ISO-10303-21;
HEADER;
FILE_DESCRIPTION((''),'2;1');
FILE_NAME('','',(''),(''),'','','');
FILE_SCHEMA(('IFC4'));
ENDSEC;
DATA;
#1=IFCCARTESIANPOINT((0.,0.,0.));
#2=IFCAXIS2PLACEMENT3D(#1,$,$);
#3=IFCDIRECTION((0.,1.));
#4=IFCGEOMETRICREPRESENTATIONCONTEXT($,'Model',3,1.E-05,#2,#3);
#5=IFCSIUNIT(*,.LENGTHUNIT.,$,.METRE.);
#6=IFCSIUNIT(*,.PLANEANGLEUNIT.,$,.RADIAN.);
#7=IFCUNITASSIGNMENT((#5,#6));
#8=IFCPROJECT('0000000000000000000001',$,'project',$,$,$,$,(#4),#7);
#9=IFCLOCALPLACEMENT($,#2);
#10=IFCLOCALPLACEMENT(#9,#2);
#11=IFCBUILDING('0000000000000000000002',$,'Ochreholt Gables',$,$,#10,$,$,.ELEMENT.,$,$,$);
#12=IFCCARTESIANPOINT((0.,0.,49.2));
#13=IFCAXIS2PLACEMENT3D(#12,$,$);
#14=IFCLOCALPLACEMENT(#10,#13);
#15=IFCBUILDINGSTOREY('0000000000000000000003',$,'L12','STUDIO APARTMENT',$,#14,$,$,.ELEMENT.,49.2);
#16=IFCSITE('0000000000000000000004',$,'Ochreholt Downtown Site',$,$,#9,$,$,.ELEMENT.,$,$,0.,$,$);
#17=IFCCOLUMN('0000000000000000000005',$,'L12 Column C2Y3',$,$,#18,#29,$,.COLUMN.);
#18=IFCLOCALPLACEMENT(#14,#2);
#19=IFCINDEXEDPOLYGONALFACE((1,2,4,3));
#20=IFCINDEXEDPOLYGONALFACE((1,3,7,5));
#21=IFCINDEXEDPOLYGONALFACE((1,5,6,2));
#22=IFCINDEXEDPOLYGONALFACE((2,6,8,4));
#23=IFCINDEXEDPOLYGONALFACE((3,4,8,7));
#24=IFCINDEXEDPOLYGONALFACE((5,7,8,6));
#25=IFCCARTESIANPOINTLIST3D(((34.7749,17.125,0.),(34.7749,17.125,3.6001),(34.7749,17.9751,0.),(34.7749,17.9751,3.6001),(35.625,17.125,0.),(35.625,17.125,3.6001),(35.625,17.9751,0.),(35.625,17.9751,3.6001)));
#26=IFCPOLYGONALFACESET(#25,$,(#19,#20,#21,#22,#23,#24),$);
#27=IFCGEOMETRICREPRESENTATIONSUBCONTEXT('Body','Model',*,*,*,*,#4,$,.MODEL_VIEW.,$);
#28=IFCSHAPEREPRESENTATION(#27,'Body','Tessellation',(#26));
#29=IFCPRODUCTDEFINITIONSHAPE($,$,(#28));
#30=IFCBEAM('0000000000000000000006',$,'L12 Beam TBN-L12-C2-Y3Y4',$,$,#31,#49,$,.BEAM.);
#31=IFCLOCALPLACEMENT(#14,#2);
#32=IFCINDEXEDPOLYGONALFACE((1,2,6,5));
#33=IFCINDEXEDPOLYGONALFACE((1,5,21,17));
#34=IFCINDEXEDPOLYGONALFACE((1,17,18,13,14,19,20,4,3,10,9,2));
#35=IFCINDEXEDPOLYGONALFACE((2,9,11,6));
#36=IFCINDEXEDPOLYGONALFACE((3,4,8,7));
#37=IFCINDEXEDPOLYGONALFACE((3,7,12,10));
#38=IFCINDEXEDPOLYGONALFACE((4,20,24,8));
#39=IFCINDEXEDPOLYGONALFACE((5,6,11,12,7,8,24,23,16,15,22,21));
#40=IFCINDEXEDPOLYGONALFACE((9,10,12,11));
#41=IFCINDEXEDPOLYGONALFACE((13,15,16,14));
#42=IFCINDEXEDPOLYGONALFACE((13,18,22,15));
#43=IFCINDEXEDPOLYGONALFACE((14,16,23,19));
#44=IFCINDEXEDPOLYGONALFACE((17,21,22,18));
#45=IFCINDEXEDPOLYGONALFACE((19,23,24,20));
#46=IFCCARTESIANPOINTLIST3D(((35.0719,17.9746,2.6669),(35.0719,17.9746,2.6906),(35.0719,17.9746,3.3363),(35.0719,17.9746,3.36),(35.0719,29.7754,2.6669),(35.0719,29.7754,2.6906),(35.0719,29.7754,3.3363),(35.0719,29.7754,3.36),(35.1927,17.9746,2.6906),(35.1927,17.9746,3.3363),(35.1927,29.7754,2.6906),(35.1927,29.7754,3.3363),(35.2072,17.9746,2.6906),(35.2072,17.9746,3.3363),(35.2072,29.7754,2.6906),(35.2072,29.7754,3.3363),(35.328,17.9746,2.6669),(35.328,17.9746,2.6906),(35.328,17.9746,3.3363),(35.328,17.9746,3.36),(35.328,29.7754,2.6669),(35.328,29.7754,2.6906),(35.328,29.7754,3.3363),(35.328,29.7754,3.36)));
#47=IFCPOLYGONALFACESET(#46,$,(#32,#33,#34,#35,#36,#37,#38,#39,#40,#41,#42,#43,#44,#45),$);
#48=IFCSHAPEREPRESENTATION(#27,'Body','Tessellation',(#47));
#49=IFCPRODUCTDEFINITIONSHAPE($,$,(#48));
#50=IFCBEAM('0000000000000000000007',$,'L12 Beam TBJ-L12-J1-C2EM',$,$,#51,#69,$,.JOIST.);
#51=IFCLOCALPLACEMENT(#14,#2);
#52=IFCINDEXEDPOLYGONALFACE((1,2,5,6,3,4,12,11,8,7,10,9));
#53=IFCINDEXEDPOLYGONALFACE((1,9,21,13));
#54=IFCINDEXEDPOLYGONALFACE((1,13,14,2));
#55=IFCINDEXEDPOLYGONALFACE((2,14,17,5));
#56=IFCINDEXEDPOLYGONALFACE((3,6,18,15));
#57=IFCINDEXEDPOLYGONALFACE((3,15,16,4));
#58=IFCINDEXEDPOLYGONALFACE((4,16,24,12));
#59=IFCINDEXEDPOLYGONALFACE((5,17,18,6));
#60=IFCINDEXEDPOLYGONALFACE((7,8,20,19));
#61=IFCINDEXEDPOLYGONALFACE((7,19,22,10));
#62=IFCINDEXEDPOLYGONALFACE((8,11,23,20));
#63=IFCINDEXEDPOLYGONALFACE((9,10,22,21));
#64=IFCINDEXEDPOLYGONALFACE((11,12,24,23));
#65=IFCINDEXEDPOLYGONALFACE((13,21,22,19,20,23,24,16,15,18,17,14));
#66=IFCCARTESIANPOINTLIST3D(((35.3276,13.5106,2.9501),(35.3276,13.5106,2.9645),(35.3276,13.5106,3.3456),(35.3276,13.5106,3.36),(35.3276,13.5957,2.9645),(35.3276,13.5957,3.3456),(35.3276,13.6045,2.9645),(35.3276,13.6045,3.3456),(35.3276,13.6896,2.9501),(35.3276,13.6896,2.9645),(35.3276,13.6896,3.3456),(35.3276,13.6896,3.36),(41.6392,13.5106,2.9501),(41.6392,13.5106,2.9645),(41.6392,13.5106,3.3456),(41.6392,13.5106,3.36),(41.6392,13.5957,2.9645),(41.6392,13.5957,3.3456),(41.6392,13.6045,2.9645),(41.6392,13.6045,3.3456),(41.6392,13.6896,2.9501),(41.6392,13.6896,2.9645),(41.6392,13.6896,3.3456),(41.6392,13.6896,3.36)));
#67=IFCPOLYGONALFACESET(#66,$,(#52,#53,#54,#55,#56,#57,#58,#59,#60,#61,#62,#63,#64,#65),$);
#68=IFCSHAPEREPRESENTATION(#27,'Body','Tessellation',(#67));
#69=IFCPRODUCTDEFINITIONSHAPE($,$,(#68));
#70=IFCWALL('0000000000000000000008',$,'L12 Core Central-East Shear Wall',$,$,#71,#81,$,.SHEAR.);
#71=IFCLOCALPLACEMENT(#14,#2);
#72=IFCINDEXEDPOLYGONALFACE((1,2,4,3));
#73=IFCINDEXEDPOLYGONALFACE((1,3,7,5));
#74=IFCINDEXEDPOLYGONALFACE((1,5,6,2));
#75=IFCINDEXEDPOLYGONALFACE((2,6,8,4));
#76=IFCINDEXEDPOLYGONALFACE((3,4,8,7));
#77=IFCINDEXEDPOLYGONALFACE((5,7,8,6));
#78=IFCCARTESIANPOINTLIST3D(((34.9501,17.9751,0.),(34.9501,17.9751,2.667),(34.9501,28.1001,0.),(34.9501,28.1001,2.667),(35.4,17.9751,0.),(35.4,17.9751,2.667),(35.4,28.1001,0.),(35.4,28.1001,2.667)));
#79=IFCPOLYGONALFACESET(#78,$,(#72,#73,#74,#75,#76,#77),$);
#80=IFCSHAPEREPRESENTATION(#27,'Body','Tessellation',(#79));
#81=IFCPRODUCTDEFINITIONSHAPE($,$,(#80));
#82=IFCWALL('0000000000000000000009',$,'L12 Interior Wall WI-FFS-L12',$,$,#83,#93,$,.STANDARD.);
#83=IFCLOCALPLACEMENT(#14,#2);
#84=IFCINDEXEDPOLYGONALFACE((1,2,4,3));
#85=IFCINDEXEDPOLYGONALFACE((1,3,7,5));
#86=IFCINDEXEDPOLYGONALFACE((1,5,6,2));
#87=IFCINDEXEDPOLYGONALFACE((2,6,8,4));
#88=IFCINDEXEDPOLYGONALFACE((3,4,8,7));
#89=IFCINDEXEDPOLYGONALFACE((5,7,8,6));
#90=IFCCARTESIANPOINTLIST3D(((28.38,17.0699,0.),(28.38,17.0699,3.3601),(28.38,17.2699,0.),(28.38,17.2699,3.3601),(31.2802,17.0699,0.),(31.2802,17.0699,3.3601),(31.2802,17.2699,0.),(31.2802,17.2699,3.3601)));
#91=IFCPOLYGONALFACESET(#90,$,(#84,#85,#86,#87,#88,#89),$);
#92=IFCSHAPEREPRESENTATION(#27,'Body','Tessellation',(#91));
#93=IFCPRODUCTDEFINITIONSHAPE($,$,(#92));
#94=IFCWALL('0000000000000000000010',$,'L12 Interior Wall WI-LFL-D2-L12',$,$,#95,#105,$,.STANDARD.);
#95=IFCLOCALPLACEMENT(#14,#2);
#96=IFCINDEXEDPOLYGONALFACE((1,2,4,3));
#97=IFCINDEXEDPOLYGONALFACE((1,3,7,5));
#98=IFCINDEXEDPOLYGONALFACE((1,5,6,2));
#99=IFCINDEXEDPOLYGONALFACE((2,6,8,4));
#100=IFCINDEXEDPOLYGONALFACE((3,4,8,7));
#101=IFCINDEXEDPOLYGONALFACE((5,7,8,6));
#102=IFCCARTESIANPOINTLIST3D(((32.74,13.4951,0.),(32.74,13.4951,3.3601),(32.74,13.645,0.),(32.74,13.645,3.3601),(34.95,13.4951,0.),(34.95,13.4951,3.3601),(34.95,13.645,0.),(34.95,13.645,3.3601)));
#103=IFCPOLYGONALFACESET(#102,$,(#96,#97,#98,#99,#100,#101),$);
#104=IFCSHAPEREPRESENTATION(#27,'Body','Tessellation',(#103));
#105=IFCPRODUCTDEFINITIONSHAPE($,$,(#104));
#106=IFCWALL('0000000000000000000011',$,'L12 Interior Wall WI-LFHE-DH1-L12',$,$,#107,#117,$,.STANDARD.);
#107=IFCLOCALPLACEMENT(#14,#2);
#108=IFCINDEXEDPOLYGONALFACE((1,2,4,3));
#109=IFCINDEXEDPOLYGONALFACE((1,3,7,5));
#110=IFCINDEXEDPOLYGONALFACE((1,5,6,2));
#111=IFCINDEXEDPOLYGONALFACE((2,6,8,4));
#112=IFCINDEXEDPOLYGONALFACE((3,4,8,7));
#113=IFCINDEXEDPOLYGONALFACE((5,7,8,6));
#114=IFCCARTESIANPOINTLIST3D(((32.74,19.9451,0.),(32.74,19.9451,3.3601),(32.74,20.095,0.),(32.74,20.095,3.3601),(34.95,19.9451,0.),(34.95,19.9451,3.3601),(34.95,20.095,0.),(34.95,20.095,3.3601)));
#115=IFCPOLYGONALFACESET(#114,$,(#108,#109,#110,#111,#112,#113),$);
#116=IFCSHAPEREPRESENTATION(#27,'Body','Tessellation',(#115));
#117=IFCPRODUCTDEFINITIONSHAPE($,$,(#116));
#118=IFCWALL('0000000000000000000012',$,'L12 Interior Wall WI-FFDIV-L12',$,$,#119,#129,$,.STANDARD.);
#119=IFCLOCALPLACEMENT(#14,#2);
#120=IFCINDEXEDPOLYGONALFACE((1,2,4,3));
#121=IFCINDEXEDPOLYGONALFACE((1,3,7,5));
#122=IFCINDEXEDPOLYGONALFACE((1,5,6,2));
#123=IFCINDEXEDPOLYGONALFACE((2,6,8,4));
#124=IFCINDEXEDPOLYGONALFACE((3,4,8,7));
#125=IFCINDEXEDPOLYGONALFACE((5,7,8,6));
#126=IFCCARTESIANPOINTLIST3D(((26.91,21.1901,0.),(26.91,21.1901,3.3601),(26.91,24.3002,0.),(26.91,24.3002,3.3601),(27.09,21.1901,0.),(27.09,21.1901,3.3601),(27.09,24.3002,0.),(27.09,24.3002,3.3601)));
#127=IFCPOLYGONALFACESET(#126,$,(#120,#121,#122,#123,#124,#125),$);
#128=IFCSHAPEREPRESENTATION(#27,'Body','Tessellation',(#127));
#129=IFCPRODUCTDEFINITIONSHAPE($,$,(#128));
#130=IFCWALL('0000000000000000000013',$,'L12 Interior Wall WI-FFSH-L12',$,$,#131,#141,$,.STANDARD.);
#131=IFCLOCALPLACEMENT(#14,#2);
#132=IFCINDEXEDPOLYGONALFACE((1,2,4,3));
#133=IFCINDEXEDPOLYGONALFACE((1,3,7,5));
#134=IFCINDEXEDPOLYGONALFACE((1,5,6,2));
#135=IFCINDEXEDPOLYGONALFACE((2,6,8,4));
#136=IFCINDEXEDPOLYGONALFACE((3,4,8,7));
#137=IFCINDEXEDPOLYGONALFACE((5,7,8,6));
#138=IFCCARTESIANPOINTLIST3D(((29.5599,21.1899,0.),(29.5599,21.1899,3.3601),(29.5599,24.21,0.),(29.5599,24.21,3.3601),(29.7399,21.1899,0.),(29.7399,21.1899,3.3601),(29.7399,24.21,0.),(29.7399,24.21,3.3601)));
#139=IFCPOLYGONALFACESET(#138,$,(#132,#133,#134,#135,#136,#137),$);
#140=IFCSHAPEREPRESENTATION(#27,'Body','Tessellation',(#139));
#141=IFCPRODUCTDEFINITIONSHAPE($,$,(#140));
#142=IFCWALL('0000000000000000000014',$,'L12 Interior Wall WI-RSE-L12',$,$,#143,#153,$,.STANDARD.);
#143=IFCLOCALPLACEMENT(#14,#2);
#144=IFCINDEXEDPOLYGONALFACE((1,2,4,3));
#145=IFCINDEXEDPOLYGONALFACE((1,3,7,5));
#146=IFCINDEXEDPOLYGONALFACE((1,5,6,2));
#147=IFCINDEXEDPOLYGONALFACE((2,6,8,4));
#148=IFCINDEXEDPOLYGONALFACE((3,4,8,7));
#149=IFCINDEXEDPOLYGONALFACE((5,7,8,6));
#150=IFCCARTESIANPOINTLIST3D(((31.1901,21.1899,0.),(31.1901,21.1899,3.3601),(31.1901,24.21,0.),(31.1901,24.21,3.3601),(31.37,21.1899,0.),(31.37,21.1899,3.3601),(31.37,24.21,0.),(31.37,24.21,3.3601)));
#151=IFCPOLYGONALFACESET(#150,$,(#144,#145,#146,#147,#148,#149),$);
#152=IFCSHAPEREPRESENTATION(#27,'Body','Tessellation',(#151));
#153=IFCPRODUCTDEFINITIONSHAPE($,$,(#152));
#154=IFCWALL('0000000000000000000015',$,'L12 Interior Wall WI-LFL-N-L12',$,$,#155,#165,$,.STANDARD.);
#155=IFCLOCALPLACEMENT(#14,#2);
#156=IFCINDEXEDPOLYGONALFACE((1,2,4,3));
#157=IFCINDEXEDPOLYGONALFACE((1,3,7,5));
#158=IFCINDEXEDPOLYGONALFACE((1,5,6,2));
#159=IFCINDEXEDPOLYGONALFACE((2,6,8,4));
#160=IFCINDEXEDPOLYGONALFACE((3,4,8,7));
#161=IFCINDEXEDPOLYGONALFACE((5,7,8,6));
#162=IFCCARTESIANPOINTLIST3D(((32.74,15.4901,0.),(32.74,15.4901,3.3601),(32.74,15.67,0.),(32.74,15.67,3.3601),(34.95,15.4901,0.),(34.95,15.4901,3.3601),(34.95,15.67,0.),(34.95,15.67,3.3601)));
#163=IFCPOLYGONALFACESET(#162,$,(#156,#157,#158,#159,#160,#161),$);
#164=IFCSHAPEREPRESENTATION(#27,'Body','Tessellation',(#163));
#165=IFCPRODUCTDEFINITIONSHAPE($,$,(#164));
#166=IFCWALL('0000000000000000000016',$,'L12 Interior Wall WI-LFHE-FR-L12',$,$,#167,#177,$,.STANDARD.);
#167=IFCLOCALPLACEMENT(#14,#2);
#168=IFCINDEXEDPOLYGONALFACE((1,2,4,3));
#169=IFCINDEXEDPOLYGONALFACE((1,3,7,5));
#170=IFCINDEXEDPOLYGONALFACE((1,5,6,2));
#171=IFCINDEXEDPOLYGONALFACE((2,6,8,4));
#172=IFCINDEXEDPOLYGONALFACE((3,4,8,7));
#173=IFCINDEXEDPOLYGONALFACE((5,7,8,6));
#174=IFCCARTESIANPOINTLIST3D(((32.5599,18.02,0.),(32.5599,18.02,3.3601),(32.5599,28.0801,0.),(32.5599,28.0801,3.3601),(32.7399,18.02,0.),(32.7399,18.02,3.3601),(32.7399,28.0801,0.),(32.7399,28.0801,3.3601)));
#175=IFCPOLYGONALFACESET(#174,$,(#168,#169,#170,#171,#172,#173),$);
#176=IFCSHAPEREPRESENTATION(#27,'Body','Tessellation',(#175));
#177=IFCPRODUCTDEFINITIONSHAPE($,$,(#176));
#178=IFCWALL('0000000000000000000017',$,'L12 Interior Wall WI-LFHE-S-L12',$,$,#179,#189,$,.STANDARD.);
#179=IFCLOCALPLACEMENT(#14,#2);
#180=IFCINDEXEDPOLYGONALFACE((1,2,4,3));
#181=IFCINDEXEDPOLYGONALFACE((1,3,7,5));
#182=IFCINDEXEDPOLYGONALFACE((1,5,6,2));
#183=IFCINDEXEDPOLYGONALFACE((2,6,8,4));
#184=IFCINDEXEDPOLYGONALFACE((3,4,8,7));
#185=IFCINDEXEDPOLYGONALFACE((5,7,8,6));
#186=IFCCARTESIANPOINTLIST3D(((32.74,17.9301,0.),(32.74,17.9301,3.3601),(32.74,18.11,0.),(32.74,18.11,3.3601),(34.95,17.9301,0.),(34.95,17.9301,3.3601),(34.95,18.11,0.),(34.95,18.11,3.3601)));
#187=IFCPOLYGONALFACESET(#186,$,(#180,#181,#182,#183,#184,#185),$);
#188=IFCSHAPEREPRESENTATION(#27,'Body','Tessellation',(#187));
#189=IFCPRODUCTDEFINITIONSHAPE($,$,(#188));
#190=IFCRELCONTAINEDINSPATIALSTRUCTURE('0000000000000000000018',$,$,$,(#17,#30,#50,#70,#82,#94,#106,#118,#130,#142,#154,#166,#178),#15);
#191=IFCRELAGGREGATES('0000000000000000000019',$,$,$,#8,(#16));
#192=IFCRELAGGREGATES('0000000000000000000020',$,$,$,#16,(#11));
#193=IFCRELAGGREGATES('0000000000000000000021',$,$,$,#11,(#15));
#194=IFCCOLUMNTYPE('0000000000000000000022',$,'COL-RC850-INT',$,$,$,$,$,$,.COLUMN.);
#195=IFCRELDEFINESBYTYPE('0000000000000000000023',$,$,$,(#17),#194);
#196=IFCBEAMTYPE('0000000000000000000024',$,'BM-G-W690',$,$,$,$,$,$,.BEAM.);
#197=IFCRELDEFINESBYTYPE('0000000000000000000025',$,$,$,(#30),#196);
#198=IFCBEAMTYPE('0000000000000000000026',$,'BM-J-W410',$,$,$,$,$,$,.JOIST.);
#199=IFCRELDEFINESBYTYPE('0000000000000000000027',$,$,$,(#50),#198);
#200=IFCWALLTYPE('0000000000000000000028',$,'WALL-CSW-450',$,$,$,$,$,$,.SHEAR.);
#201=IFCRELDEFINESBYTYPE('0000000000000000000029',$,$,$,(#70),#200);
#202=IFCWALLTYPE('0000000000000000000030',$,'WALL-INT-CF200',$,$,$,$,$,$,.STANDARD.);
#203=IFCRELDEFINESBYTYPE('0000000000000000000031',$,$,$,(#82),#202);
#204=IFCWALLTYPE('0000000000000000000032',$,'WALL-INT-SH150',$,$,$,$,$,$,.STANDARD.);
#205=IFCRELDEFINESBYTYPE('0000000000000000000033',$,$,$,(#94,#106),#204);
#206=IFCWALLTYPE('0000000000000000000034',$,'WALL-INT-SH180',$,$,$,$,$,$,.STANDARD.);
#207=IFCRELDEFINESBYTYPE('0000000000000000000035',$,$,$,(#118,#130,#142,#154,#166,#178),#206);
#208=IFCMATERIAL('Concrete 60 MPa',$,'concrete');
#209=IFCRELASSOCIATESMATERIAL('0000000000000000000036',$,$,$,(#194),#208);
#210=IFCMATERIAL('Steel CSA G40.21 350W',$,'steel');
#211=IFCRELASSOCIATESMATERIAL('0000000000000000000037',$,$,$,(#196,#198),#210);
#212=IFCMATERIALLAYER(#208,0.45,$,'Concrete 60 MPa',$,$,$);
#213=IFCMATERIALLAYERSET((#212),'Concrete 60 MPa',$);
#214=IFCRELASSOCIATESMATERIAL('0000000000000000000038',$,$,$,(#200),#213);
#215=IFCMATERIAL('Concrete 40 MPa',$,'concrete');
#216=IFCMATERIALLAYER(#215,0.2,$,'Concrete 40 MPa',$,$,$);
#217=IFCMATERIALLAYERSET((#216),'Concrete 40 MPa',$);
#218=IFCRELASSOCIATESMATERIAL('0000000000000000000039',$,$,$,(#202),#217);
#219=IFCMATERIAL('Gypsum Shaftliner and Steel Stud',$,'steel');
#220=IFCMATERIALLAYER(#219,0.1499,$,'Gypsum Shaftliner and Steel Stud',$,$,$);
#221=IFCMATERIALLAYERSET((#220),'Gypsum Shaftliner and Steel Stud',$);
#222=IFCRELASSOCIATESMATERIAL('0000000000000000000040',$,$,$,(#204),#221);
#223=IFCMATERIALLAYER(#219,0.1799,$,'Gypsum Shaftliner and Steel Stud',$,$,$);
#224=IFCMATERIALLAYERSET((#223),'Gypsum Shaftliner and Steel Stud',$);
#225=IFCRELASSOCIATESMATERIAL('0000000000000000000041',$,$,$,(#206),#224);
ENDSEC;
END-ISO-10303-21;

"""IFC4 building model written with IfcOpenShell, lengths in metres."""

from ifc_helpers import new_model, si_unit, direction, frame, frame_2d, origin, origin_2d, place, context, subcontext, project, spatial, rectangle, i_section, extrude, material, layer, layer_set, material_profile, profile_set, type_object, element, save


model = new_model("IFC4")

# Units and contexts
model_context = context("Model", 3, precision=1e-05, world=origin(), true_north=direction((0.0, 1.0)))
body_context = subcontext(model_context, "Body", "Model", "MODEL_VIEW")
ifc_project = project(units=[si_unit("LENGTHUNIT", "METRE"), si_unit("PLANEANGLEUNIT", "RADIAN")], contexts=[model_context])

# Site, building, storey
site_placement = place(None, origin())
site = spatial("IfcSite", under=ifc_project, at=site_placement, Name="Ochreholt Downtown Site", CompositionType="ELEMENT", RefElevation=0.0)
building_placement = place(site_placement, origin())
building = spatial("IfcBuilding", under=site, at=building_placement, Name="Ochreholt Gables", CompositionType="ELEMENT")
storey_placement = place(building_placement, frame((0.0, 0.0, 49.2)))
storey = spatial("IfcBuildingStorey", under=building, at=storey_placement, Name="L12", Description="STUDIO APARTMENT", CompositionType="ELEMENT", Elevation=49.2)

# Column
ifc_material_1 = material(Name="Concrete 60 MPa", Category="concrete")
ifc_material_profile_1 = material_profile(ifc_material_1, rectangle(XDim=0.8501, YDim=0.8501, at=origin_2d()), Name="RC850X850")
ifc_profile_set_1 = profile_set([ifc_material_profile_1], Name="Concrete 60 MPa")
column_type = type_object("IfcColumnType", Name="COL-RC850-INT", PredefinedType="COLUMN", material=ifc_profile_set_1)
column_placement = place(storey_placement, frame((35.2, 17.55, 0.0), z_axis=(0.0, 0.0, 1.0), x_axis=(1.0, 0.0, 0.0)))
element("IfcColumn", 1, at=column_placement, inside=storey, type_object=column_type, Name="L12 Column C2Y3", PredefinedType="COLUMN", context=body_context, shape_type="SweptSolid", body=[
    extrude(rectangle(XDim=0.8501, YDim=0.8501, at=origin_2d()), origin(), (0.0, 0.0, 1.0), 3.6001),
])

# Beams
ifc_material_2 = material(Name="Steel CSA G40.21 350W", Category="steel")
ifc_material_profile_2 = material_profile(ifc_material_2, i_section(OverallWidth=0.2561, OverallDepth=0.6931, WebThickness=0.0144, FlangeThickness=0.0237, at=origin_2d()), Name="W690X170")
ifc_profile_set_2 = profile_set([ifc_material_profile_2], Name="Steel CSA G40.21 350W")
beam_type_1 = type_object("IfcBeamType", Name="BM-G-W690", PredefinedType="BEAM", material=ifc_profile_set_2)
beam_1_placement = place(storey_placement, frame((35.2, 17.9746, 3.0134), z_axis=(0.0, 1.0, 0.0), x_axis=(-1.0, 0.0, 0.0)))
element("IfcBeam", 2, at=beam_1_placement, inside=storey, type_object=beam_type_1, Name="L12 Beam TBN-L12-C2-Y3Y4", PredefinedType="BEAM", context=body_context, shape_type="SweptSolid", body=[
    extrude(i_section(OverallWidth=0.2561, OverallDepth=0.6931, WebThickness=0.0144, FlangeThickness=0.0237, at=origin_2d()), origin(), (0.0, 0.0, 1.0), 11.8008),
])
ifc_material_profile_3 = material_profile(ifc_material_2, i_section(OverallWidth=0.179, OverallDepth=0.4099, WebThickness=0.0088, FlangeThickness=0.0144, at=origin_2d()), Name="W410X67")
ifc_profile_set_3 = profile_set([ifc_material_profile_3], Name="Steel CSA G40.21 350W")
beam_type_2 = type_object("IfcBeamType", Name="BM-J-W410", PredefinedType="JOIST", material=ifc_profile_set_3)
beam_2_placement = place(storey_placement, frame((35.3276, 13.6001, 3.155), z_axis=(1.0, 0.0, 0.0), x_axis=(0.0, 1.0, 0.0)))
element("IfcBeam", 3, at=beam_2_placement, inside=storey, type_object=beam_type_2, Name="L12 Beam TBJ-L12-J1-C2EM", PredefinedType="JOIST", context=body_context, shape_type="SweptSolid", body=[
    extrude(i_section(OverallWidth=0.179, OverallDepth=0.4099, WebThickness=0.0088, FlangeThickness=0.0144, at=origin_2d()), origin(), (0.0, 0.0, 1.0), 6.3115),
])

# Walls
ifc_layer_1 = layer(ifc_material_1, 0.45, Name="Concrete 60 MPa")
ifc_layer_set_1 = layer_set([ifc_layer_1], Name="Concrete 60 MPa")
wall_type_1 = type_object("IfcWallType", Name="WALL-CSW-450", PredefinedType="SHEAR", material=ifc_layer_set_1)
wall_1_placement = place(storey_placement, frame((35.175, 17.9751, 0.0), z_axis=(0.0, 0.0, 1.0), x_axis=(0.0, 1.0, 0.0)))
element("IfcWall", 4, at=wall_1_placement, inside=storey, type_object=wall_type_1, Name="L12 Core Central-East Shear Wall", PredefinedType="SHEAR", context=body_context, shape_type="SweptSolid", body=[
    extrude(rectangle(XDim=10.125, YDim=0.45, at=frame_2d((5.0625, 0.0))), origin(), (0.0, 0.0, 1.0), 2.667),
])
ifc_material_3 = material(Name="Concrete 40 MPa", Category="concrete")
ifc_layer_2 = layer(ifc_material_3, 0.2, Name="Concrete 40 MPa")
ifc_layer_set_2 = layer_set([ifc_layer_2], Name="Concrete 40 MPa")
wall_type_2 = type_object("IfcWallType", Name="WALL-INT-CF200", PredefinedType="STANDARD", material=ifc_layer_set_2)
wall_2_placement = place(storey_placement, frame((28.3799, 17.1699, 0.0), z_axis=(0.0, 0.0, 1.0), x_axis=(1.0, 0.0, 0.0)))
element("IfcWall", 5, at=wall_2_placement, inside=storey, type_object=wall_type_2, Name="L12 Interior Wall WI-FFS-L12", PredefinedType="STANDARD", context=body_context, shape_type="SweptSolid", body=[
    extrude(rectangle(XDim=2.9001, YDim=0.2, at=frame_2d((1.4502, 0.0))), origin(), (0.0, 0.0, 1.0), 3.3601),
])

# Walls
ifc_material_4 = material(Name="Gypsum Shaftliner and Steel Stud", Category="steel")
ifc_layer_3 = layer(ifc_material_4, 0.1499, Name="Gypsum Shaftliner and Steel Stud")
ifc_layer_set_3 = layer_set([ifc_layer_3], Name="Gypsum Shaftliner and Steel Stud")
wall_type_3 = type_object("IfcWallType", Name="WALL-INT-SH150", PredefinedType="STANDARD", material=ifc_layer_set_3)
for number, where, z_axis, x_axis, name in (
    (6, (32.74, 13.5701, 0.0), (0.0, 0.0, 1.0), (1.0, 0.0, 0.0), "L12 Interior Wall WI-LFL-D2-L12"),
    (7, (32.74, 20.02, 0.0), (0.0, 0.0, 1.0), (1.0, 0.0, 0.0), "L12 Interior Wall WI-LFHE-DH1-L12"),
):
    element("IfcWall", number, at=place(storey_placement, frame(where, z_axis=z_axis, x_axis=x_axis)), inside=storey, type_object=wall_type_3, Name=name, PredefinedType="STANDARD", context=body_context, shape_type="SweptSolid", body=[
        extrude(rectangle(XDim=2.21, YDim=0.1499, at=frame_2d((1.105, 0.0))), origin(), (0.0, 0.0, 1.0), 3.3601),
    ])
ifc_layer_4 = layer(ifc_material_4, 0.1799, Name="Gypsum Shaftliner and Steel Stud")
ifc_layer_set_4 = layer_set([ifc_layer_4], Name="Gypsum Shaftliner and Steel Stud")
wall_type_4 = type_object("IfcWallType", Name="WALL-INT-SH180", PredefinedType="STANDARD", material=ifc_layer_set_4)
wall_3_placement = place(storey_placement, frame((27.0, 21.1899, 0.0), z_axis=(0.0, 0.0, 1.0), x_axis=(0.0, 1.0, 0.0)))
element("IfcWall", 8, at=wall_3_placement, inside=storey, type_object=wall_type_4, Name="L12 Interior Wall WI-FFDIV-L12", PredefinedType="STANDARD", context=body_context, shape_type="SweptSolid", body=[
    extrude(rectangle(XDim=3.1101, YDim=0.1799, at=frame_2d((1.5552, 0.0))), origin(), (0.0, 0.0, 1.0), 3.3601),
])
for number, where, z_axis, x_axis, name in (
    (9, (29.6499, 21.1899, 0.0), (0.0, 0.0, 1.0), (0.0, 1.0, 0.0), "L12 Interior Wall WI-FFSH-L12"),
    (10, (31.28, 21.1899, 0.0), (0.0, 0.0, 1.0), (0.0, 1.0, 0.0), "L12 Interior Wall WI-RSE-L12"),
):
    element("IfcWall", number, at=place(storey_placement, frame(where, z_axis=z_axis, x_axis=x_axis)), inside=storey, type_object=wall_type_4, Name=name, PredefinedType="STANDARD", context=body_context, shape_type="SweptSolid", body=[
        extrude(rectangle(XDim=3.02, YDim=0.1799, at=frame_2d((1.51, 0.0))), origin(), (0.0, 0.0, 1.0), 3.3601),
    ])
wall_4_placement = place(storey_placement, frame((32.74, 15.5801, 0.0), z_axis=(0.0, 0.0, 1.0), x_axis=(1.0, 0.0, 0.0)))
element("IfcWall", 11, at=wall_4_placement, inside=storey, type_object=wall_type_4, Name="L12 Interior Wall WI-LFL-N-L12", PredefinedType="STANDARD", context=body_context, shape_type="SweptSolid", body=[
    extrude(rectangle(XDim=2.21, YDim=0.1799, at=frame_2d((1.105, 0.0))), origin(), (0.0, 0.0, 1.0), 3.3601),
])
wall_5_placement = place(storey_placement, frame((32.6499, 18.02, 0.0), z_axis=(0.0, 0.0, 1.0), x_axis=(0.0, 1.0, 0.0)))
element("IfcWall", 12, at=wall_5_placement, inside=storey, type_object=wall_type_4, Name="L12 Interior Wall WI-LFHE-FR-L12", PredefinedType="STANDARD", context=body_context, shape_type="SweptSolid", body=[
    extrude(rectangle(XDim=10.0601, YDim=0.1799, at=frame_2d((5.03, 0.0))), origin(), (0.0, 0.0, 1.0), 3.3601),
])
wall_6_placement = place(storey_placement, frame((32.74, 18.02, 0.0), z_axis=(0.0, 0.0, 1.0), x_axis=(1.0, 0.0, 0.0)))
element("IfcWall", 13, at=wall_6_placement, inside=storey, type_object=wall_type_4, Name="L12 Interior Wall WI-LFHE-S-L12", PredefinedType="STANDARD", context=body_context, shape_type="SweptSolid", body=[
    extrude(rectangle(XDim=2.21, YDim=0.1799, at=frame_2d((1.105, 0.0))), origin(), (0.0, 0.0, 1.0), 3.3601),
])

save(model, "model.ifc")
